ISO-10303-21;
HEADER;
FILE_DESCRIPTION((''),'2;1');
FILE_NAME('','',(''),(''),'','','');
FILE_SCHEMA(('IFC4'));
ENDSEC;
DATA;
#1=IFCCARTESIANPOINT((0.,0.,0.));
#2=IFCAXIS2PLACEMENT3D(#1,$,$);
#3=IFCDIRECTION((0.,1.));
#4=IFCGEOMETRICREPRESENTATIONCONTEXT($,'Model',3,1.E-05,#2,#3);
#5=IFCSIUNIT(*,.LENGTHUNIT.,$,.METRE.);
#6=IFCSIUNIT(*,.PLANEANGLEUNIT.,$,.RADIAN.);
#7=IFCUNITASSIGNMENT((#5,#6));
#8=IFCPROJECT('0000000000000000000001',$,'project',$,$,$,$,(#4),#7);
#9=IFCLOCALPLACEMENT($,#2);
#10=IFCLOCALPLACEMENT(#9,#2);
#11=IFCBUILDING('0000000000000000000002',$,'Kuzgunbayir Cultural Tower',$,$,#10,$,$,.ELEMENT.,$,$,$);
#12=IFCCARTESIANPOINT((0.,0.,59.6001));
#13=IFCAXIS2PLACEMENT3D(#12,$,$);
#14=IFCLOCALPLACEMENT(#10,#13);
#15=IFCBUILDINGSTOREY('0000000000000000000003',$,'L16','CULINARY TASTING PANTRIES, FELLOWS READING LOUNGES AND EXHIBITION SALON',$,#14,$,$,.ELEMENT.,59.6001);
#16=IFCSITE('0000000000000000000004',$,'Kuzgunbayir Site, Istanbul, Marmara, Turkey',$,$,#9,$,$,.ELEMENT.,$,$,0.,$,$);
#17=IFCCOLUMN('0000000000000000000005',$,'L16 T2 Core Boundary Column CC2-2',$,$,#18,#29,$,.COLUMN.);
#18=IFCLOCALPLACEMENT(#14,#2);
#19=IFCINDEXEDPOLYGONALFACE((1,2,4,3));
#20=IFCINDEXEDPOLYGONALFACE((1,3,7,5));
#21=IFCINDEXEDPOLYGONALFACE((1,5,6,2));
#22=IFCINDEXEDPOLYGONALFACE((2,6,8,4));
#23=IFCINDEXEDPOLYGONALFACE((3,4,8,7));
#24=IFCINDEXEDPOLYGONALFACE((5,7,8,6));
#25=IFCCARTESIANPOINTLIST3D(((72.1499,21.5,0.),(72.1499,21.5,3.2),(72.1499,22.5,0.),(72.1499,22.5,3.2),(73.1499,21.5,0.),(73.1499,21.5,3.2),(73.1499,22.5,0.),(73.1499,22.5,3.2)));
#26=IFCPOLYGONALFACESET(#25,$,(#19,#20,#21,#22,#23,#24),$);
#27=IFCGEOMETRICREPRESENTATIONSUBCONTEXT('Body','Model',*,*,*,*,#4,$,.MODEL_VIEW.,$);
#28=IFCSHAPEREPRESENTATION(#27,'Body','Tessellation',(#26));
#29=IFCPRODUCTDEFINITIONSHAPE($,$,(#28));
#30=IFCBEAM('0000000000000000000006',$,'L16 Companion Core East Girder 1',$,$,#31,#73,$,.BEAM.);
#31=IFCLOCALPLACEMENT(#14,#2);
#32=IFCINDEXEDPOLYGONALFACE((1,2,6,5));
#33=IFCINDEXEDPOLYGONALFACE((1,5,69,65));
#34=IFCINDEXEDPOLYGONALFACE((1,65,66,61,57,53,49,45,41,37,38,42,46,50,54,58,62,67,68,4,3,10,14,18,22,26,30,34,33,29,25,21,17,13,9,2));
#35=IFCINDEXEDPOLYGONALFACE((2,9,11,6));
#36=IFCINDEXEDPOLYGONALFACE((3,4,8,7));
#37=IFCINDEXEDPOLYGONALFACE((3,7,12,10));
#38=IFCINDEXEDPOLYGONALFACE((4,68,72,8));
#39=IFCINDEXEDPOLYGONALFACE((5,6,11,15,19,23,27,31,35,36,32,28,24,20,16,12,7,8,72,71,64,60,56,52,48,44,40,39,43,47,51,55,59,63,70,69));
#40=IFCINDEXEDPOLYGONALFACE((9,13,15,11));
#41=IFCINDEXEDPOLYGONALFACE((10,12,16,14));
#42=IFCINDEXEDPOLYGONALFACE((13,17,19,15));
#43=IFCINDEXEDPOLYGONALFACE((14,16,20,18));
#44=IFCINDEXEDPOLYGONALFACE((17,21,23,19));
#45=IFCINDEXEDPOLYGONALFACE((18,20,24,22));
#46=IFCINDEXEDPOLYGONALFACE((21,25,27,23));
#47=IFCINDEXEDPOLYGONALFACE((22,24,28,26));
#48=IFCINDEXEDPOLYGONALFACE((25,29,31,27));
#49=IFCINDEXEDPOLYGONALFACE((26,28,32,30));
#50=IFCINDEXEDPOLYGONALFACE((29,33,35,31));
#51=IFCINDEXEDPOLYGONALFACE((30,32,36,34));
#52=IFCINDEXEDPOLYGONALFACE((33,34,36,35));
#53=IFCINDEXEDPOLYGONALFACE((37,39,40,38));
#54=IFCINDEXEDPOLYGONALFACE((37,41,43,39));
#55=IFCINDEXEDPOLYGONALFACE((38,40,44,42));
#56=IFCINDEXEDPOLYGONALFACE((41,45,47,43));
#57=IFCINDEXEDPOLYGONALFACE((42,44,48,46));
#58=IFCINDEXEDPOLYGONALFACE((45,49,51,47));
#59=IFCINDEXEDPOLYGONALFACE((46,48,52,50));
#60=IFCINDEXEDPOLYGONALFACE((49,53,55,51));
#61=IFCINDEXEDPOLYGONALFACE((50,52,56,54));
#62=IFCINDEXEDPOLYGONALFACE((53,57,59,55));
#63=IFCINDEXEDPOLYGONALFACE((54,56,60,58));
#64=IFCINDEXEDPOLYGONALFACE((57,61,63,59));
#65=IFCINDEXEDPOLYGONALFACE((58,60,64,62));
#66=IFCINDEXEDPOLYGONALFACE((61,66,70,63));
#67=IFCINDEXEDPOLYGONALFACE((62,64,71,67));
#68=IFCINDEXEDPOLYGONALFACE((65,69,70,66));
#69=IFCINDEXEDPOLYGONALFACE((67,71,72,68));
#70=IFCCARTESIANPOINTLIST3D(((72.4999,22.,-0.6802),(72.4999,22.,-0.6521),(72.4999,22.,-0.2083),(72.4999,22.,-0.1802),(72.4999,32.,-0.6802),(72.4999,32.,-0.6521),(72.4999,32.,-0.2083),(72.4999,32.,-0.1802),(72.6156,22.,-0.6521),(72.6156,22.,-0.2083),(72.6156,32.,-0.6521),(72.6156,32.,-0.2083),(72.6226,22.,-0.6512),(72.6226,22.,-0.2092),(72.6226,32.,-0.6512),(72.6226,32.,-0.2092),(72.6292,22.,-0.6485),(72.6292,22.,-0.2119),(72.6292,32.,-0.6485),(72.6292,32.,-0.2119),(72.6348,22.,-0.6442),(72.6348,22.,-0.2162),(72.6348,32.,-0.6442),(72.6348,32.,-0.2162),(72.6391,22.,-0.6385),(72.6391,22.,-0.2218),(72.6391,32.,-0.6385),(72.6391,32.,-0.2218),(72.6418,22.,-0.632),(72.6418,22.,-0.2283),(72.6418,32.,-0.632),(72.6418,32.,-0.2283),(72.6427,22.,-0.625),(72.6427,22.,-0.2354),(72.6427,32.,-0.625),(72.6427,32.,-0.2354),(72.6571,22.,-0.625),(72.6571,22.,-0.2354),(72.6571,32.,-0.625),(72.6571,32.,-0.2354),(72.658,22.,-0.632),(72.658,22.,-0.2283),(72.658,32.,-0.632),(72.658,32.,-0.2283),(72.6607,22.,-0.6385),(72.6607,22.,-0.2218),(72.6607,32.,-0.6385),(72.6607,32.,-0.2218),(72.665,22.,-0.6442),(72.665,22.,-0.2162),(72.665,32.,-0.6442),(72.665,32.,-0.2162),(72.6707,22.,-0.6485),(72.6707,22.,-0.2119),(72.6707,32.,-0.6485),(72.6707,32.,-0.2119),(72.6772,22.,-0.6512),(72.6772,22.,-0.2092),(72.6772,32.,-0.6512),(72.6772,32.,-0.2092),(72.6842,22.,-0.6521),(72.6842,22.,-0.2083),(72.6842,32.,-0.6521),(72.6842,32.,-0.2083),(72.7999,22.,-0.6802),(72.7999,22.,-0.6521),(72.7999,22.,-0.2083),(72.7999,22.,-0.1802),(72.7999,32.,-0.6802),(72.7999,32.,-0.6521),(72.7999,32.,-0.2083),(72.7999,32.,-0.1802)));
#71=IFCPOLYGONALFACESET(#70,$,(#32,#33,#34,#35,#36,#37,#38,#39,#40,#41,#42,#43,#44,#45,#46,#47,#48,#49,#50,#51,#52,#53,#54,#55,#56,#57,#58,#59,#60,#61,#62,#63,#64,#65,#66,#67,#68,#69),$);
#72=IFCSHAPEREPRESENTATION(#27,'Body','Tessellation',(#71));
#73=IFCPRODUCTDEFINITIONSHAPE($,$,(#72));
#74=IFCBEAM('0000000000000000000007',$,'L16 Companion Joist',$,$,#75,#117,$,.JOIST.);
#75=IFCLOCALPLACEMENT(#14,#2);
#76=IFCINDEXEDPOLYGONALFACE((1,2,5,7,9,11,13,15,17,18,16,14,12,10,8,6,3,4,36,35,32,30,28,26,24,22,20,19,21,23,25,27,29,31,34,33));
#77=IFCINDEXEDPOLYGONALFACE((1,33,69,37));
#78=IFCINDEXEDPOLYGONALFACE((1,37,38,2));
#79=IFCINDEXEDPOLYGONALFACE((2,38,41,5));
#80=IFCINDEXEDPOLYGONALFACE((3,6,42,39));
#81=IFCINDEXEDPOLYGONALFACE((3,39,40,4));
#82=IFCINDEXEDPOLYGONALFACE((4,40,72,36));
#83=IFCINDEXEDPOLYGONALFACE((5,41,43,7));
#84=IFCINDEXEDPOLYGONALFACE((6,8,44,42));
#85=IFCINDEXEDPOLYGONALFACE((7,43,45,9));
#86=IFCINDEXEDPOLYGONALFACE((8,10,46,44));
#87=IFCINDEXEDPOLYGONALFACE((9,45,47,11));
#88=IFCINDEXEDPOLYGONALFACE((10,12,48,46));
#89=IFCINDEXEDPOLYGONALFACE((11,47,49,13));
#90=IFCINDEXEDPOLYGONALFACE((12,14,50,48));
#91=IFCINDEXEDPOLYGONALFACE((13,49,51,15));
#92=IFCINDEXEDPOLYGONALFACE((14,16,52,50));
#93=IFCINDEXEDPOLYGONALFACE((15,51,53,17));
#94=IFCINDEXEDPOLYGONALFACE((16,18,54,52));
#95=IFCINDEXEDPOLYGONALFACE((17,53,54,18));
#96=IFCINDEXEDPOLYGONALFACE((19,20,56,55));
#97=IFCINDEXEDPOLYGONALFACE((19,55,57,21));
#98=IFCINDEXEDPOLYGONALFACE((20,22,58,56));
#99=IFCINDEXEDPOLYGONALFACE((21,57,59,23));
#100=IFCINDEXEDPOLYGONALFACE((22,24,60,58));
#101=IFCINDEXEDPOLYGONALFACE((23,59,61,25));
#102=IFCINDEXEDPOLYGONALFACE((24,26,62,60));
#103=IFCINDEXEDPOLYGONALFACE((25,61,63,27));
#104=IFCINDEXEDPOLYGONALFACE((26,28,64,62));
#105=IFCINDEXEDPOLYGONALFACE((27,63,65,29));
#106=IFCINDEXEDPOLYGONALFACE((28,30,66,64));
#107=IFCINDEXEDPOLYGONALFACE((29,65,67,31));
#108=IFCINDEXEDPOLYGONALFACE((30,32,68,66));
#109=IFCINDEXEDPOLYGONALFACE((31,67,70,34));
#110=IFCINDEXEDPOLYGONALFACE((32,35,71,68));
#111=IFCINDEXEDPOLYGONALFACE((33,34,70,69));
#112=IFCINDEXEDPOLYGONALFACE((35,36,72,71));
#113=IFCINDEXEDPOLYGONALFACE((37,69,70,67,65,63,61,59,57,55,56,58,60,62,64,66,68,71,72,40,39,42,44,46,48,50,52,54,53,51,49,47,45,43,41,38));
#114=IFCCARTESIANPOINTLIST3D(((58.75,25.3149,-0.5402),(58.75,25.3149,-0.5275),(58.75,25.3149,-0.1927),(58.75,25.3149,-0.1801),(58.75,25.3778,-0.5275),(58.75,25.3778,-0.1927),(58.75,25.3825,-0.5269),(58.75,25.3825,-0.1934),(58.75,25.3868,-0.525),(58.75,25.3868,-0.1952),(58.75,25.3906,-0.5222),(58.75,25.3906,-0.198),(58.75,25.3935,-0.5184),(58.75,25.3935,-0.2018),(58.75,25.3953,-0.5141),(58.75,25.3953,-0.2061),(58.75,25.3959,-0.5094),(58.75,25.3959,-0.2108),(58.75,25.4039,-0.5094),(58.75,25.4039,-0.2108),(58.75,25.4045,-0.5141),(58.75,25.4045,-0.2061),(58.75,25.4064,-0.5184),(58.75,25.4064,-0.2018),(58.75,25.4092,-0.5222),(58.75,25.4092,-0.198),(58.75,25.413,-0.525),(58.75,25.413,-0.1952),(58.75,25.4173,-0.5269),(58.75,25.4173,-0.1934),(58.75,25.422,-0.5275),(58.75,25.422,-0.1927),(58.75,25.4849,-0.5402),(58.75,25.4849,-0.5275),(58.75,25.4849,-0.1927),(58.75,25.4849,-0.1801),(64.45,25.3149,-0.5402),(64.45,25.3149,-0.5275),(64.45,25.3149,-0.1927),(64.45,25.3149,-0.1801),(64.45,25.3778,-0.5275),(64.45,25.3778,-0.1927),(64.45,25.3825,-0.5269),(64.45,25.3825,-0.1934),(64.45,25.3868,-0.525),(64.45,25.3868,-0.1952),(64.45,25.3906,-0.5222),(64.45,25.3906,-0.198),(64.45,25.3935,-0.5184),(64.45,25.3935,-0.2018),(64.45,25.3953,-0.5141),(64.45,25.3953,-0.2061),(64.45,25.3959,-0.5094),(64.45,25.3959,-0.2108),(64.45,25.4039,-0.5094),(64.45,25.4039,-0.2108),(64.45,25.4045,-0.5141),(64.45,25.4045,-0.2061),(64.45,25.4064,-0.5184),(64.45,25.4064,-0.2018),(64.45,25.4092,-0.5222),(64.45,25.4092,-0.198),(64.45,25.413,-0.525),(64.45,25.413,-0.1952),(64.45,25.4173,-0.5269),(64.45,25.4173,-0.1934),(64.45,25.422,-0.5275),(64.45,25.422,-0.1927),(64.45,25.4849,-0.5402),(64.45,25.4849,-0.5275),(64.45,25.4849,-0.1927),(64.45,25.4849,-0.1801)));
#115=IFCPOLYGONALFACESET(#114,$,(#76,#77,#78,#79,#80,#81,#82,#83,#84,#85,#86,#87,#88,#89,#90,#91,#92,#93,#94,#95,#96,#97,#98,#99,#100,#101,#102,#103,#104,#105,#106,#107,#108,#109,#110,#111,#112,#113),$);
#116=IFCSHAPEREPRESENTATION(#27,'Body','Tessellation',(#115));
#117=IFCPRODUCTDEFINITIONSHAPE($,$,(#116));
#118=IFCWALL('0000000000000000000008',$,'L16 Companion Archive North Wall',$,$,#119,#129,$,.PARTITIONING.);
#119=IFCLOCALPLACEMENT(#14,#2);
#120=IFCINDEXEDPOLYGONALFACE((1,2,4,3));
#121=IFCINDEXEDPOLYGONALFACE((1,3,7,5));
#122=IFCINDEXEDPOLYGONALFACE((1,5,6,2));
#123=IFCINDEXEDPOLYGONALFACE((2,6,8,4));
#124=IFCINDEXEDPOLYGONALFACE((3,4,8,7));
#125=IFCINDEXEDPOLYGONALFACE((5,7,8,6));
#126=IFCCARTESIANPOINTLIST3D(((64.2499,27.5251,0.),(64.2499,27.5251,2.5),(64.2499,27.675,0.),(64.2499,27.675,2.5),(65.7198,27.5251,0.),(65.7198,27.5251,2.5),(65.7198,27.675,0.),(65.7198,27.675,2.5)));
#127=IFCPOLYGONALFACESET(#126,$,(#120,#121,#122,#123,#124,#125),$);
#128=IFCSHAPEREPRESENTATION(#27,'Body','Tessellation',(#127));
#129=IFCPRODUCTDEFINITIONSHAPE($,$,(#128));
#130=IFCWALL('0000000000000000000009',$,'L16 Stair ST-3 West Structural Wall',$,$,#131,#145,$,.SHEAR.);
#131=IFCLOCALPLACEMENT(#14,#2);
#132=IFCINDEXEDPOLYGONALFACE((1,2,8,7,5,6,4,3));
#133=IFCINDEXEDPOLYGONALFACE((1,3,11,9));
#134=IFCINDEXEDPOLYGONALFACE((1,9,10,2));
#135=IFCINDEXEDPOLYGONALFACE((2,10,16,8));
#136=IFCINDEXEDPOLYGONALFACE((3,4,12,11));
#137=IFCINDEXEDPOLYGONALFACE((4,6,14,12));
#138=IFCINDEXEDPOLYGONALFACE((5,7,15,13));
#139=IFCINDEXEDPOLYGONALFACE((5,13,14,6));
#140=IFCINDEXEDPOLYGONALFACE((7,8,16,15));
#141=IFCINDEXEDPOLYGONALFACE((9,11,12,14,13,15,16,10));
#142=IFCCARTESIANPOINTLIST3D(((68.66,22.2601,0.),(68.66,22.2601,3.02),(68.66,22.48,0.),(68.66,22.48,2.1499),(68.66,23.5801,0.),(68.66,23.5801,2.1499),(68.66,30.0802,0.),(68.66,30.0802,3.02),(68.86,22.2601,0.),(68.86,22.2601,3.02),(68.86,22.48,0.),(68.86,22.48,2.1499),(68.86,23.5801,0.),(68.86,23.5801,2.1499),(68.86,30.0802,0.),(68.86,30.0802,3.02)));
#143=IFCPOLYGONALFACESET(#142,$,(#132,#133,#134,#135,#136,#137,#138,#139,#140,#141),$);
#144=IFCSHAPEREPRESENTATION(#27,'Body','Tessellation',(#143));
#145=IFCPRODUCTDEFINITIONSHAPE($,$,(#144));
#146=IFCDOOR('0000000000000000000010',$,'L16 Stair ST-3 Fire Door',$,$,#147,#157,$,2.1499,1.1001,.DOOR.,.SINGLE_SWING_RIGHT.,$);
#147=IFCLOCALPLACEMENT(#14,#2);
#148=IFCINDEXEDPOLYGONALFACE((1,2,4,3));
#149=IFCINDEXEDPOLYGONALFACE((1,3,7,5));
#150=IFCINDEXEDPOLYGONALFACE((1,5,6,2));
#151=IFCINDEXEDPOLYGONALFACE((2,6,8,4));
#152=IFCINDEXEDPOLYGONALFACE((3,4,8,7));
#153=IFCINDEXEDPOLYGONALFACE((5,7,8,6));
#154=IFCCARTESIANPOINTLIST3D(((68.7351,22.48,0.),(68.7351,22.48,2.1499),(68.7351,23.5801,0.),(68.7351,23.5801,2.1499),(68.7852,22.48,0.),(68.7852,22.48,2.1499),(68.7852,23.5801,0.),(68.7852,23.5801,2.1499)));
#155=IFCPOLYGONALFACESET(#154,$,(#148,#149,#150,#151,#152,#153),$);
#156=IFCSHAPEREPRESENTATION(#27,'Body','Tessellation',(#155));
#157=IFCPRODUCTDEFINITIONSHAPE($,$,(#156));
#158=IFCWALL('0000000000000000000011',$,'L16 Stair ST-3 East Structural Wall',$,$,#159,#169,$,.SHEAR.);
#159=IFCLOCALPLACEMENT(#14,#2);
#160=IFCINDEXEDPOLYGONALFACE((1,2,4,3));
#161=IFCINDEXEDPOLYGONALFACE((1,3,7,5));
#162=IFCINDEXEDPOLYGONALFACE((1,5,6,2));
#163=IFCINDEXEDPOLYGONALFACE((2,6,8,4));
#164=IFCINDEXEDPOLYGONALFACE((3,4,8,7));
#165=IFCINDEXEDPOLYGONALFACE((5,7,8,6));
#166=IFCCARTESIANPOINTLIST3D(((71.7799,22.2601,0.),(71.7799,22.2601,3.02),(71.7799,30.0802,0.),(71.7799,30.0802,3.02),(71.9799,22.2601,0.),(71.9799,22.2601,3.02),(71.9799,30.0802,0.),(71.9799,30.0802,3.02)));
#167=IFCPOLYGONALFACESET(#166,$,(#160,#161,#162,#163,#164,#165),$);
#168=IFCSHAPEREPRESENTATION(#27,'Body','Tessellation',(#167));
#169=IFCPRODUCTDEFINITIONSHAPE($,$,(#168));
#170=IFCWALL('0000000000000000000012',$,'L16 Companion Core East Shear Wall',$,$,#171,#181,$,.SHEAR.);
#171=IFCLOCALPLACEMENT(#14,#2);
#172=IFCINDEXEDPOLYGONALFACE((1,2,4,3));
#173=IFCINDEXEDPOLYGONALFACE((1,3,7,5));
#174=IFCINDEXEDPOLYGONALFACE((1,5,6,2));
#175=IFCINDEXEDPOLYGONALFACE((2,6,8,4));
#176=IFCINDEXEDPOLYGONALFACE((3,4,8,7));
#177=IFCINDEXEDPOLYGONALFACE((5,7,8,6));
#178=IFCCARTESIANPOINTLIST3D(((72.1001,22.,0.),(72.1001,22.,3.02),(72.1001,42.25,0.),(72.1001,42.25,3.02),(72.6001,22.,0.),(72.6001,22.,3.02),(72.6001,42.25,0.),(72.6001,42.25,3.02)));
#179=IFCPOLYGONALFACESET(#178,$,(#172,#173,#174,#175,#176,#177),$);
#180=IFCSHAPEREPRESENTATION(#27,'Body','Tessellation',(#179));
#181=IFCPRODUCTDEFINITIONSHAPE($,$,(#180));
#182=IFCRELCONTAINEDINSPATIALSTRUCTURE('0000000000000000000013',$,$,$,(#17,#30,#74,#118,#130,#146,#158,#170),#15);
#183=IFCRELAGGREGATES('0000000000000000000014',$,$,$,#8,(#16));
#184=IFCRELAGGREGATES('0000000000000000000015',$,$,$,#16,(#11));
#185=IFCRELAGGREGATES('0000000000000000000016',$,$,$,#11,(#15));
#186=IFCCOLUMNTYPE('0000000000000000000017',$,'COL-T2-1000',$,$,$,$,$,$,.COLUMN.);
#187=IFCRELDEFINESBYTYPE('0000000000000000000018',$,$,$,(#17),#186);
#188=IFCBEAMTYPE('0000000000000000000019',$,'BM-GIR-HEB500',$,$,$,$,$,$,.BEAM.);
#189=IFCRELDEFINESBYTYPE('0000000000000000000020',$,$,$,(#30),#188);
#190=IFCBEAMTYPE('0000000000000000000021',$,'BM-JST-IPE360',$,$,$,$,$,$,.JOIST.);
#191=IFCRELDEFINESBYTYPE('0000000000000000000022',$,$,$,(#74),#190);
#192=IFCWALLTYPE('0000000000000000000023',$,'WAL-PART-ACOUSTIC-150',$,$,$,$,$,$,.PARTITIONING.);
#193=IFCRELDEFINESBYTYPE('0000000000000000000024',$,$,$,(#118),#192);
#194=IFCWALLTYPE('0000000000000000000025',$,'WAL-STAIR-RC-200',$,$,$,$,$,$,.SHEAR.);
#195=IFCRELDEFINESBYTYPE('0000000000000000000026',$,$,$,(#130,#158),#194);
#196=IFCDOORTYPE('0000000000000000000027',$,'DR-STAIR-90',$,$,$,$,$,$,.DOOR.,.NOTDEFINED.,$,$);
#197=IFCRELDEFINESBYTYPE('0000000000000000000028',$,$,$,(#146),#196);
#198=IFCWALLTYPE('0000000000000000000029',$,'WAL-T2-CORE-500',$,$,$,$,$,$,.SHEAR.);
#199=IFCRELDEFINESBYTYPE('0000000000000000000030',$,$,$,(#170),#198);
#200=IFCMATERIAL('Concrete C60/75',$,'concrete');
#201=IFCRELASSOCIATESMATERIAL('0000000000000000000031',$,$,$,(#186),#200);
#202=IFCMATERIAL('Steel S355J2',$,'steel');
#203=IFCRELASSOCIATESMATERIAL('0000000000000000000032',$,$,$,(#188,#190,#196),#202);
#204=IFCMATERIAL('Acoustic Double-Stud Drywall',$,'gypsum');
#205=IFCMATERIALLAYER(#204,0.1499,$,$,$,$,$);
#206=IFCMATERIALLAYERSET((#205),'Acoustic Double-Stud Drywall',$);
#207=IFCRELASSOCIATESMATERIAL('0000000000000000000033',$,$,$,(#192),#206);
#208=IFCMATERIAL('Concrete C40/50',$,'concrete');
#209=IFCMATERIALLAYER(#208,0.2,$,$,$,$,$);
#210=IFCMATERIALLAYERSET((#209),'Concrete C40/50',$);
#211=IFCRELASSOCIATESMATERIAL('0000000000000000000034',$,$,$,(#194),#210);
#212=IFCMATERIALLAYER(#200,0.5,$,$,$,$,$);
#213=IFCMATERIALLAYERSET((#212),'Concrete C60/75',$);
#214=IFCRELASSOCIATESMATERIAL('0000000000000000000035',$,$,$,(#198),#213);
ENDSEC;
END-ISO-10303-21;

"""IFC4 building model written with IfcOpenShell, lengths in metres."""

from ifc_helpers import new_model, si_unit, direction, frame, frame_2d, origin, origin_2d, place, context, subcontext, project, spatial, rectangle, i_section, extrude, material, layer, layer_set, material_profile, profile_set, type_object, element, fill, save


model = new_model("IFC4")

# Units and contexts
model_context = context("Model", 3, precision=1e-05, world=origin(), true_north=direction((0.0, 1.0)))
body_context = subcontext(model_context, "Body", "Model", "MODEL_VIEW")
ifc_project = project(units=[si_unit("LENGTHUNIT", "METRE"), si_unit("PLANEANGLEUNIT", "RADIAN")], contexts=[model_context])

# Site, building, storey
site_placement = place(None, origin())
site = spatial("IfcSite", under=ifc_project, at=site_placement, Name="Kuzgunbayir Site, Istanbul, Marmara, Turkey", CompositionType="ELEMENT", RefElevation=0.0)
building_placement = place(site_placement, origin())
building = spatial("IfcBuilding", under=site, at=building_placement, Name="Kuzgunbayir Cultural Tower", CompositionType="ELEMENT")
storey_placement = place(building_placement, frame((0.0, 0.0, 59.6001)))
storey = spatial("IfcBuildingStorey", under=building, at=storey_placement, Name="L16", Description="CULINARY TASTING PANTRIES, FELLOWS READING LOUNGES AND EXHIBITION SALON", CompositionType="ELEMENT", Elevation=59.6001)

# Column
ifc_material_1 = material(Name="Concrete C60/75", Category="concrete")
ifc_material_profile_1 = material_profile(ifc_material_1, rectangle(XDim=1.0, YDim=1.0, at=origin_2d()), Name="RC 1000x1000")
ifc_profile_set_1 = profile_set([ifc_material_profile_1], Name="Concrete C60/75")
column_type = type_object("IfcColumnType", Name="COL-T2-1000", PredefinedType="COLUMN", material=ifc_profile_set_1)
column_placement = place(storey_placement, frame((72.6499, 22.0, 0.0), z_axis=(0.0, 0.0, 1.0), x_axis=(1.0, 0.0, 0.0)))
element("IfcColumn", 1, at=column_placement, inside=storey, type_object=column_type, Name="L16 T2 Core Boundary Column CC2-2", PredefinedType="COLUMN", context=body_context, shape_type="SweptSolid", body=[
    extrude(rectangle(XDim=1.0, YDim=1.0, at=origin_2d()), origin(), (0.0, 0.0, 1.0), 3.2),
])

# Beams
ifc_material_2 = material(Name="Steel S355J2", Category="steel")
ifc_material_profile_2 = material_profile(ifc_material_2, i_section(OverallWidth=0.3, OverallDepth=0.5, WebThickness=0.0144, FlangeThickness=0.0281, FilletRadius=0.0271, at=origin_2d()), Name="HEB 500")
ifc_profile_set_2 = profile_set([ifc_material_profile_2], Name="Steel S355J2")
beam_type_1 = type_object("IfcBeamType", Name="BM-GIR-HEB500", PredefinedType="BEAM", material=ifc_profile_set_2)
beam_1_placement = place(storey_placement, frame((72.6499, 22.0, -0.4302), z_axis=(0.0, 1.0, 0.0), x_axis=(-1.0, 0.0, 0.0)))
element("IfcBeam", 2, at=beam_1_placement, inside=storey, type_object=beam_type_1, Name="L16 Companion Core East Girder 1", PredefinedType="BEAM", context=body_context, shape_type="SweptSolid", body=[
    extrude(i_section(OverallWidth=0.3, OverallDepth=0.5, WebThickness=0.0144, FlangeThickness=0.0281, FilletRadius=0.0271, at=origin_2d()), origin(), (0.0, 0.0, 1.0), 10.0),
])
ifc_material_profile_3 = material_profile(ifc_material_2, i_section(OverallWidth=0.1699, OverallDepth=0.3601, WebThickness=0.0081, FlangeThickness=0.0127, FilletRadius=0.0181, at=origin_2d()), Name="IPE 360")
ifc_profile_set_3 = profile_set([ifc_material_profile_3], Name="Steel S355J2")
beam_type_2 = type_object("IfcBeamType", Name="BM-JST-IPE360", PredefinedType="JOIST", material=ifc_profile_set_3)
beam_2_placement = place(storey_placement, frame((58.75, 25.3999, -0.3601), z_axis=(1.0, 0.0, 0.0), x_axis=(0.0, 1.0, 0.0)))
element("IfcBeam", 3, at=beam_2_placement, inside=storey, type_object=beam_type_2, Name="L16 Companion Joist", PredefinedType="JOIST", context=body_context, shape_type="SweptSolid", body=[
    extrude(i_section(OverallWidth=0.1699, OverallDepth=0.3601, WebThickness=0.0081, FlangeThickness=0.0127, FilletRadius=0.0181, at=origin_2d()), origin(), (0.0, 0.0, 1.0), 5.7),
])

# Wall
ifc_material_3 = material(Name="Acoustic Double-Stud Drywall", Category="gypsum")
ifc_layer_1 = layer(ifc_material_3, 0.1499)
ifc_layer_set_1 = layer_set([ifc_layer_1], Name="Acoustic Double-Stud Drywall")
wall_type_1 = type_object("IfcWallType", Name="WAL-PART-ACOUSTIC-150", PredefinedType="PARTITIONING", material=ifc_layer_set_1)
wall_1_placement = place(storey_placement, frame((64.25, 27.6001, 0.0), z_axis=(0.0, 0.0, 1.0), x_axis=(1.0, 0.0, 0.0)))
element("IfcWall", 4, at=wall_1_placement, inside=storey, type_object=wall_type_1, Name="L16 Companion Archive North Wall", PredefinedType="PARTITIONING", context=body_context, shape_type="SweptSolid", body=[
    extrude(rectangle(XDim=1.47, YDim=0.1499, at=frame_2d((0.7349, 0.0))), origin(), (0.0, 0.0, 1.0), 2.5),
])

# Wall, opening, door
ifc_material_4 = material(Name="Concrete C40/50", Category="concrete")
ifc_layer_2 = layer(ifc_material_4, 0.2)
ifc_layer_set_2 = layer_set([ifc_layer_2], Name="Concrete C40/50")
wall_type_2 = type_object("IfcWallType", Name="WAL-STAIR-RC-200", PredefinedType="SHEAR", material=ifc_layer_set_2)
wall_2_placement = place(storey_placement, frame((68.76, 22.26, 0.0), z_axis=(0.0, 0.0, 1.0), x_axis=(0.0, 1.0, 0.0)))
wall_2 = element("IfcWall", 5, at=wall_2_placement, inside=storey, type_object=wall_type_2, Name="L16 Stair ST-3 West Structural Wall", PredefinedType="SHEAR", context=body_context, shape_type="SweptSolid", body=[
    extrude(rectangle(XDim=7.8201, YDim=0.2, at=frame_2d((3.9102, 0.0))), origin(), (0.0, 0.0, 1.0), 3.02),
])
opening_1_placement = place(wall_2_placement, frame((0.22, 0.0, 0.0)))
opening_1 = element("IfcOpeningElement", 6, at=opening_1_placement, cuts=wall_2, PredefinedType="OPENING", context=body_context, shape_type="SweptSolid", body=[
    extrude(rectangle(XDim=1.1001, YDim=2.1499, at=frame_2d((0.55, 1.075))), frame((0.0, 0.1099, 0.0), z_axis=(0.0, -1.0, 0.0), x_axis=(1.0, 0.0, 0.0)), (0.0, 0.0, 1.0), 0.22),
])
door_type_1 = type_object("IfcDoorType", Name="DR-STAIR-90", OperationType="NOTDEFINED", PredefinedType="DOOR", material=ifc_material_2)
door_1_placement = place(opening_1_placement, origin())
door_1 = element("IfcDoor", 7, at=door_1_placement, inside=storey, type_object=door_type_1, Name="L16 Stair ST-3 Fire Door", OperationType="SINGLE_SWING_RIGHT", OverallHeight=2.1499, OverallWidth=1.1001, PredefinedType="DOOR", context=body_context, shape_type="SweptSolid", body=[
    extrude(rectangle(XDim=1.1001, YDim=2.1499, at=frame_2d((0.55, 1.075))), frame((0.0, 0.0249, 0.0), z_axis=(0.0, -1.0, 0.0), x_axis=(1.0, 0.0, 0.0)), (0.0, 0.0, 1.0), 0.05),
])
fill(opening_1, door_1)

# Walls
wall_3_placement = place(storey_placement, frame((71.8799, 22.26, 0.0), z_axis=(0.0, 0.0, 1.0), x_axis=(0.0, 1.0, 0.0)))
element("IfcWall", 8, at=wall_3_placement, inside=storey, type_object=wall_type_2, Name="L16 Stair ST-3 East Structural Wall", PredefinedType="SHEAR", context=body_context, shape_type="SweptSolid", body=[
    extrude(rectangle(XDim=7.8201, YDim=0.2, at=frame_2d((3.9102, 0.0))), origin(), (0.0, 0.0, 1.0), 3.02),
])
ifc_layer_3 = layer(ifc_material_1, 0.5)
ifc_layer_set_3 = layer_set([ifc_layer_3], Name="Concrete C60/75")
wall_type_3 = type_object("IfcWallType", Name="WAL-T2-CORE-500", PredefinedType="SHEAR", material=ifc_layer_set_3)
wall_4_placement = place(storey_placement, frame((72.3501, 22.0, 0.0), z_axis=(0.0, 0.0, 1.0), x_axis=(0.0, 1.0, 0.0)))
element("IfcWall", 9, at=wall_4_placement, inside=storey, type_object=wall_type_3, Name="L16 Companion Core East Shear Wall", PredefinedType="SHEAR", context=body_context, shape_type="SweptSolid", body=[
    extrude(rectangle(XDim=20.25, YDim=0.5, at=frame_2d((10.125, 0.0))), origin(), (0.0, 0.0, 1.0), 3.02),
])

save(model, "model.ifc")
